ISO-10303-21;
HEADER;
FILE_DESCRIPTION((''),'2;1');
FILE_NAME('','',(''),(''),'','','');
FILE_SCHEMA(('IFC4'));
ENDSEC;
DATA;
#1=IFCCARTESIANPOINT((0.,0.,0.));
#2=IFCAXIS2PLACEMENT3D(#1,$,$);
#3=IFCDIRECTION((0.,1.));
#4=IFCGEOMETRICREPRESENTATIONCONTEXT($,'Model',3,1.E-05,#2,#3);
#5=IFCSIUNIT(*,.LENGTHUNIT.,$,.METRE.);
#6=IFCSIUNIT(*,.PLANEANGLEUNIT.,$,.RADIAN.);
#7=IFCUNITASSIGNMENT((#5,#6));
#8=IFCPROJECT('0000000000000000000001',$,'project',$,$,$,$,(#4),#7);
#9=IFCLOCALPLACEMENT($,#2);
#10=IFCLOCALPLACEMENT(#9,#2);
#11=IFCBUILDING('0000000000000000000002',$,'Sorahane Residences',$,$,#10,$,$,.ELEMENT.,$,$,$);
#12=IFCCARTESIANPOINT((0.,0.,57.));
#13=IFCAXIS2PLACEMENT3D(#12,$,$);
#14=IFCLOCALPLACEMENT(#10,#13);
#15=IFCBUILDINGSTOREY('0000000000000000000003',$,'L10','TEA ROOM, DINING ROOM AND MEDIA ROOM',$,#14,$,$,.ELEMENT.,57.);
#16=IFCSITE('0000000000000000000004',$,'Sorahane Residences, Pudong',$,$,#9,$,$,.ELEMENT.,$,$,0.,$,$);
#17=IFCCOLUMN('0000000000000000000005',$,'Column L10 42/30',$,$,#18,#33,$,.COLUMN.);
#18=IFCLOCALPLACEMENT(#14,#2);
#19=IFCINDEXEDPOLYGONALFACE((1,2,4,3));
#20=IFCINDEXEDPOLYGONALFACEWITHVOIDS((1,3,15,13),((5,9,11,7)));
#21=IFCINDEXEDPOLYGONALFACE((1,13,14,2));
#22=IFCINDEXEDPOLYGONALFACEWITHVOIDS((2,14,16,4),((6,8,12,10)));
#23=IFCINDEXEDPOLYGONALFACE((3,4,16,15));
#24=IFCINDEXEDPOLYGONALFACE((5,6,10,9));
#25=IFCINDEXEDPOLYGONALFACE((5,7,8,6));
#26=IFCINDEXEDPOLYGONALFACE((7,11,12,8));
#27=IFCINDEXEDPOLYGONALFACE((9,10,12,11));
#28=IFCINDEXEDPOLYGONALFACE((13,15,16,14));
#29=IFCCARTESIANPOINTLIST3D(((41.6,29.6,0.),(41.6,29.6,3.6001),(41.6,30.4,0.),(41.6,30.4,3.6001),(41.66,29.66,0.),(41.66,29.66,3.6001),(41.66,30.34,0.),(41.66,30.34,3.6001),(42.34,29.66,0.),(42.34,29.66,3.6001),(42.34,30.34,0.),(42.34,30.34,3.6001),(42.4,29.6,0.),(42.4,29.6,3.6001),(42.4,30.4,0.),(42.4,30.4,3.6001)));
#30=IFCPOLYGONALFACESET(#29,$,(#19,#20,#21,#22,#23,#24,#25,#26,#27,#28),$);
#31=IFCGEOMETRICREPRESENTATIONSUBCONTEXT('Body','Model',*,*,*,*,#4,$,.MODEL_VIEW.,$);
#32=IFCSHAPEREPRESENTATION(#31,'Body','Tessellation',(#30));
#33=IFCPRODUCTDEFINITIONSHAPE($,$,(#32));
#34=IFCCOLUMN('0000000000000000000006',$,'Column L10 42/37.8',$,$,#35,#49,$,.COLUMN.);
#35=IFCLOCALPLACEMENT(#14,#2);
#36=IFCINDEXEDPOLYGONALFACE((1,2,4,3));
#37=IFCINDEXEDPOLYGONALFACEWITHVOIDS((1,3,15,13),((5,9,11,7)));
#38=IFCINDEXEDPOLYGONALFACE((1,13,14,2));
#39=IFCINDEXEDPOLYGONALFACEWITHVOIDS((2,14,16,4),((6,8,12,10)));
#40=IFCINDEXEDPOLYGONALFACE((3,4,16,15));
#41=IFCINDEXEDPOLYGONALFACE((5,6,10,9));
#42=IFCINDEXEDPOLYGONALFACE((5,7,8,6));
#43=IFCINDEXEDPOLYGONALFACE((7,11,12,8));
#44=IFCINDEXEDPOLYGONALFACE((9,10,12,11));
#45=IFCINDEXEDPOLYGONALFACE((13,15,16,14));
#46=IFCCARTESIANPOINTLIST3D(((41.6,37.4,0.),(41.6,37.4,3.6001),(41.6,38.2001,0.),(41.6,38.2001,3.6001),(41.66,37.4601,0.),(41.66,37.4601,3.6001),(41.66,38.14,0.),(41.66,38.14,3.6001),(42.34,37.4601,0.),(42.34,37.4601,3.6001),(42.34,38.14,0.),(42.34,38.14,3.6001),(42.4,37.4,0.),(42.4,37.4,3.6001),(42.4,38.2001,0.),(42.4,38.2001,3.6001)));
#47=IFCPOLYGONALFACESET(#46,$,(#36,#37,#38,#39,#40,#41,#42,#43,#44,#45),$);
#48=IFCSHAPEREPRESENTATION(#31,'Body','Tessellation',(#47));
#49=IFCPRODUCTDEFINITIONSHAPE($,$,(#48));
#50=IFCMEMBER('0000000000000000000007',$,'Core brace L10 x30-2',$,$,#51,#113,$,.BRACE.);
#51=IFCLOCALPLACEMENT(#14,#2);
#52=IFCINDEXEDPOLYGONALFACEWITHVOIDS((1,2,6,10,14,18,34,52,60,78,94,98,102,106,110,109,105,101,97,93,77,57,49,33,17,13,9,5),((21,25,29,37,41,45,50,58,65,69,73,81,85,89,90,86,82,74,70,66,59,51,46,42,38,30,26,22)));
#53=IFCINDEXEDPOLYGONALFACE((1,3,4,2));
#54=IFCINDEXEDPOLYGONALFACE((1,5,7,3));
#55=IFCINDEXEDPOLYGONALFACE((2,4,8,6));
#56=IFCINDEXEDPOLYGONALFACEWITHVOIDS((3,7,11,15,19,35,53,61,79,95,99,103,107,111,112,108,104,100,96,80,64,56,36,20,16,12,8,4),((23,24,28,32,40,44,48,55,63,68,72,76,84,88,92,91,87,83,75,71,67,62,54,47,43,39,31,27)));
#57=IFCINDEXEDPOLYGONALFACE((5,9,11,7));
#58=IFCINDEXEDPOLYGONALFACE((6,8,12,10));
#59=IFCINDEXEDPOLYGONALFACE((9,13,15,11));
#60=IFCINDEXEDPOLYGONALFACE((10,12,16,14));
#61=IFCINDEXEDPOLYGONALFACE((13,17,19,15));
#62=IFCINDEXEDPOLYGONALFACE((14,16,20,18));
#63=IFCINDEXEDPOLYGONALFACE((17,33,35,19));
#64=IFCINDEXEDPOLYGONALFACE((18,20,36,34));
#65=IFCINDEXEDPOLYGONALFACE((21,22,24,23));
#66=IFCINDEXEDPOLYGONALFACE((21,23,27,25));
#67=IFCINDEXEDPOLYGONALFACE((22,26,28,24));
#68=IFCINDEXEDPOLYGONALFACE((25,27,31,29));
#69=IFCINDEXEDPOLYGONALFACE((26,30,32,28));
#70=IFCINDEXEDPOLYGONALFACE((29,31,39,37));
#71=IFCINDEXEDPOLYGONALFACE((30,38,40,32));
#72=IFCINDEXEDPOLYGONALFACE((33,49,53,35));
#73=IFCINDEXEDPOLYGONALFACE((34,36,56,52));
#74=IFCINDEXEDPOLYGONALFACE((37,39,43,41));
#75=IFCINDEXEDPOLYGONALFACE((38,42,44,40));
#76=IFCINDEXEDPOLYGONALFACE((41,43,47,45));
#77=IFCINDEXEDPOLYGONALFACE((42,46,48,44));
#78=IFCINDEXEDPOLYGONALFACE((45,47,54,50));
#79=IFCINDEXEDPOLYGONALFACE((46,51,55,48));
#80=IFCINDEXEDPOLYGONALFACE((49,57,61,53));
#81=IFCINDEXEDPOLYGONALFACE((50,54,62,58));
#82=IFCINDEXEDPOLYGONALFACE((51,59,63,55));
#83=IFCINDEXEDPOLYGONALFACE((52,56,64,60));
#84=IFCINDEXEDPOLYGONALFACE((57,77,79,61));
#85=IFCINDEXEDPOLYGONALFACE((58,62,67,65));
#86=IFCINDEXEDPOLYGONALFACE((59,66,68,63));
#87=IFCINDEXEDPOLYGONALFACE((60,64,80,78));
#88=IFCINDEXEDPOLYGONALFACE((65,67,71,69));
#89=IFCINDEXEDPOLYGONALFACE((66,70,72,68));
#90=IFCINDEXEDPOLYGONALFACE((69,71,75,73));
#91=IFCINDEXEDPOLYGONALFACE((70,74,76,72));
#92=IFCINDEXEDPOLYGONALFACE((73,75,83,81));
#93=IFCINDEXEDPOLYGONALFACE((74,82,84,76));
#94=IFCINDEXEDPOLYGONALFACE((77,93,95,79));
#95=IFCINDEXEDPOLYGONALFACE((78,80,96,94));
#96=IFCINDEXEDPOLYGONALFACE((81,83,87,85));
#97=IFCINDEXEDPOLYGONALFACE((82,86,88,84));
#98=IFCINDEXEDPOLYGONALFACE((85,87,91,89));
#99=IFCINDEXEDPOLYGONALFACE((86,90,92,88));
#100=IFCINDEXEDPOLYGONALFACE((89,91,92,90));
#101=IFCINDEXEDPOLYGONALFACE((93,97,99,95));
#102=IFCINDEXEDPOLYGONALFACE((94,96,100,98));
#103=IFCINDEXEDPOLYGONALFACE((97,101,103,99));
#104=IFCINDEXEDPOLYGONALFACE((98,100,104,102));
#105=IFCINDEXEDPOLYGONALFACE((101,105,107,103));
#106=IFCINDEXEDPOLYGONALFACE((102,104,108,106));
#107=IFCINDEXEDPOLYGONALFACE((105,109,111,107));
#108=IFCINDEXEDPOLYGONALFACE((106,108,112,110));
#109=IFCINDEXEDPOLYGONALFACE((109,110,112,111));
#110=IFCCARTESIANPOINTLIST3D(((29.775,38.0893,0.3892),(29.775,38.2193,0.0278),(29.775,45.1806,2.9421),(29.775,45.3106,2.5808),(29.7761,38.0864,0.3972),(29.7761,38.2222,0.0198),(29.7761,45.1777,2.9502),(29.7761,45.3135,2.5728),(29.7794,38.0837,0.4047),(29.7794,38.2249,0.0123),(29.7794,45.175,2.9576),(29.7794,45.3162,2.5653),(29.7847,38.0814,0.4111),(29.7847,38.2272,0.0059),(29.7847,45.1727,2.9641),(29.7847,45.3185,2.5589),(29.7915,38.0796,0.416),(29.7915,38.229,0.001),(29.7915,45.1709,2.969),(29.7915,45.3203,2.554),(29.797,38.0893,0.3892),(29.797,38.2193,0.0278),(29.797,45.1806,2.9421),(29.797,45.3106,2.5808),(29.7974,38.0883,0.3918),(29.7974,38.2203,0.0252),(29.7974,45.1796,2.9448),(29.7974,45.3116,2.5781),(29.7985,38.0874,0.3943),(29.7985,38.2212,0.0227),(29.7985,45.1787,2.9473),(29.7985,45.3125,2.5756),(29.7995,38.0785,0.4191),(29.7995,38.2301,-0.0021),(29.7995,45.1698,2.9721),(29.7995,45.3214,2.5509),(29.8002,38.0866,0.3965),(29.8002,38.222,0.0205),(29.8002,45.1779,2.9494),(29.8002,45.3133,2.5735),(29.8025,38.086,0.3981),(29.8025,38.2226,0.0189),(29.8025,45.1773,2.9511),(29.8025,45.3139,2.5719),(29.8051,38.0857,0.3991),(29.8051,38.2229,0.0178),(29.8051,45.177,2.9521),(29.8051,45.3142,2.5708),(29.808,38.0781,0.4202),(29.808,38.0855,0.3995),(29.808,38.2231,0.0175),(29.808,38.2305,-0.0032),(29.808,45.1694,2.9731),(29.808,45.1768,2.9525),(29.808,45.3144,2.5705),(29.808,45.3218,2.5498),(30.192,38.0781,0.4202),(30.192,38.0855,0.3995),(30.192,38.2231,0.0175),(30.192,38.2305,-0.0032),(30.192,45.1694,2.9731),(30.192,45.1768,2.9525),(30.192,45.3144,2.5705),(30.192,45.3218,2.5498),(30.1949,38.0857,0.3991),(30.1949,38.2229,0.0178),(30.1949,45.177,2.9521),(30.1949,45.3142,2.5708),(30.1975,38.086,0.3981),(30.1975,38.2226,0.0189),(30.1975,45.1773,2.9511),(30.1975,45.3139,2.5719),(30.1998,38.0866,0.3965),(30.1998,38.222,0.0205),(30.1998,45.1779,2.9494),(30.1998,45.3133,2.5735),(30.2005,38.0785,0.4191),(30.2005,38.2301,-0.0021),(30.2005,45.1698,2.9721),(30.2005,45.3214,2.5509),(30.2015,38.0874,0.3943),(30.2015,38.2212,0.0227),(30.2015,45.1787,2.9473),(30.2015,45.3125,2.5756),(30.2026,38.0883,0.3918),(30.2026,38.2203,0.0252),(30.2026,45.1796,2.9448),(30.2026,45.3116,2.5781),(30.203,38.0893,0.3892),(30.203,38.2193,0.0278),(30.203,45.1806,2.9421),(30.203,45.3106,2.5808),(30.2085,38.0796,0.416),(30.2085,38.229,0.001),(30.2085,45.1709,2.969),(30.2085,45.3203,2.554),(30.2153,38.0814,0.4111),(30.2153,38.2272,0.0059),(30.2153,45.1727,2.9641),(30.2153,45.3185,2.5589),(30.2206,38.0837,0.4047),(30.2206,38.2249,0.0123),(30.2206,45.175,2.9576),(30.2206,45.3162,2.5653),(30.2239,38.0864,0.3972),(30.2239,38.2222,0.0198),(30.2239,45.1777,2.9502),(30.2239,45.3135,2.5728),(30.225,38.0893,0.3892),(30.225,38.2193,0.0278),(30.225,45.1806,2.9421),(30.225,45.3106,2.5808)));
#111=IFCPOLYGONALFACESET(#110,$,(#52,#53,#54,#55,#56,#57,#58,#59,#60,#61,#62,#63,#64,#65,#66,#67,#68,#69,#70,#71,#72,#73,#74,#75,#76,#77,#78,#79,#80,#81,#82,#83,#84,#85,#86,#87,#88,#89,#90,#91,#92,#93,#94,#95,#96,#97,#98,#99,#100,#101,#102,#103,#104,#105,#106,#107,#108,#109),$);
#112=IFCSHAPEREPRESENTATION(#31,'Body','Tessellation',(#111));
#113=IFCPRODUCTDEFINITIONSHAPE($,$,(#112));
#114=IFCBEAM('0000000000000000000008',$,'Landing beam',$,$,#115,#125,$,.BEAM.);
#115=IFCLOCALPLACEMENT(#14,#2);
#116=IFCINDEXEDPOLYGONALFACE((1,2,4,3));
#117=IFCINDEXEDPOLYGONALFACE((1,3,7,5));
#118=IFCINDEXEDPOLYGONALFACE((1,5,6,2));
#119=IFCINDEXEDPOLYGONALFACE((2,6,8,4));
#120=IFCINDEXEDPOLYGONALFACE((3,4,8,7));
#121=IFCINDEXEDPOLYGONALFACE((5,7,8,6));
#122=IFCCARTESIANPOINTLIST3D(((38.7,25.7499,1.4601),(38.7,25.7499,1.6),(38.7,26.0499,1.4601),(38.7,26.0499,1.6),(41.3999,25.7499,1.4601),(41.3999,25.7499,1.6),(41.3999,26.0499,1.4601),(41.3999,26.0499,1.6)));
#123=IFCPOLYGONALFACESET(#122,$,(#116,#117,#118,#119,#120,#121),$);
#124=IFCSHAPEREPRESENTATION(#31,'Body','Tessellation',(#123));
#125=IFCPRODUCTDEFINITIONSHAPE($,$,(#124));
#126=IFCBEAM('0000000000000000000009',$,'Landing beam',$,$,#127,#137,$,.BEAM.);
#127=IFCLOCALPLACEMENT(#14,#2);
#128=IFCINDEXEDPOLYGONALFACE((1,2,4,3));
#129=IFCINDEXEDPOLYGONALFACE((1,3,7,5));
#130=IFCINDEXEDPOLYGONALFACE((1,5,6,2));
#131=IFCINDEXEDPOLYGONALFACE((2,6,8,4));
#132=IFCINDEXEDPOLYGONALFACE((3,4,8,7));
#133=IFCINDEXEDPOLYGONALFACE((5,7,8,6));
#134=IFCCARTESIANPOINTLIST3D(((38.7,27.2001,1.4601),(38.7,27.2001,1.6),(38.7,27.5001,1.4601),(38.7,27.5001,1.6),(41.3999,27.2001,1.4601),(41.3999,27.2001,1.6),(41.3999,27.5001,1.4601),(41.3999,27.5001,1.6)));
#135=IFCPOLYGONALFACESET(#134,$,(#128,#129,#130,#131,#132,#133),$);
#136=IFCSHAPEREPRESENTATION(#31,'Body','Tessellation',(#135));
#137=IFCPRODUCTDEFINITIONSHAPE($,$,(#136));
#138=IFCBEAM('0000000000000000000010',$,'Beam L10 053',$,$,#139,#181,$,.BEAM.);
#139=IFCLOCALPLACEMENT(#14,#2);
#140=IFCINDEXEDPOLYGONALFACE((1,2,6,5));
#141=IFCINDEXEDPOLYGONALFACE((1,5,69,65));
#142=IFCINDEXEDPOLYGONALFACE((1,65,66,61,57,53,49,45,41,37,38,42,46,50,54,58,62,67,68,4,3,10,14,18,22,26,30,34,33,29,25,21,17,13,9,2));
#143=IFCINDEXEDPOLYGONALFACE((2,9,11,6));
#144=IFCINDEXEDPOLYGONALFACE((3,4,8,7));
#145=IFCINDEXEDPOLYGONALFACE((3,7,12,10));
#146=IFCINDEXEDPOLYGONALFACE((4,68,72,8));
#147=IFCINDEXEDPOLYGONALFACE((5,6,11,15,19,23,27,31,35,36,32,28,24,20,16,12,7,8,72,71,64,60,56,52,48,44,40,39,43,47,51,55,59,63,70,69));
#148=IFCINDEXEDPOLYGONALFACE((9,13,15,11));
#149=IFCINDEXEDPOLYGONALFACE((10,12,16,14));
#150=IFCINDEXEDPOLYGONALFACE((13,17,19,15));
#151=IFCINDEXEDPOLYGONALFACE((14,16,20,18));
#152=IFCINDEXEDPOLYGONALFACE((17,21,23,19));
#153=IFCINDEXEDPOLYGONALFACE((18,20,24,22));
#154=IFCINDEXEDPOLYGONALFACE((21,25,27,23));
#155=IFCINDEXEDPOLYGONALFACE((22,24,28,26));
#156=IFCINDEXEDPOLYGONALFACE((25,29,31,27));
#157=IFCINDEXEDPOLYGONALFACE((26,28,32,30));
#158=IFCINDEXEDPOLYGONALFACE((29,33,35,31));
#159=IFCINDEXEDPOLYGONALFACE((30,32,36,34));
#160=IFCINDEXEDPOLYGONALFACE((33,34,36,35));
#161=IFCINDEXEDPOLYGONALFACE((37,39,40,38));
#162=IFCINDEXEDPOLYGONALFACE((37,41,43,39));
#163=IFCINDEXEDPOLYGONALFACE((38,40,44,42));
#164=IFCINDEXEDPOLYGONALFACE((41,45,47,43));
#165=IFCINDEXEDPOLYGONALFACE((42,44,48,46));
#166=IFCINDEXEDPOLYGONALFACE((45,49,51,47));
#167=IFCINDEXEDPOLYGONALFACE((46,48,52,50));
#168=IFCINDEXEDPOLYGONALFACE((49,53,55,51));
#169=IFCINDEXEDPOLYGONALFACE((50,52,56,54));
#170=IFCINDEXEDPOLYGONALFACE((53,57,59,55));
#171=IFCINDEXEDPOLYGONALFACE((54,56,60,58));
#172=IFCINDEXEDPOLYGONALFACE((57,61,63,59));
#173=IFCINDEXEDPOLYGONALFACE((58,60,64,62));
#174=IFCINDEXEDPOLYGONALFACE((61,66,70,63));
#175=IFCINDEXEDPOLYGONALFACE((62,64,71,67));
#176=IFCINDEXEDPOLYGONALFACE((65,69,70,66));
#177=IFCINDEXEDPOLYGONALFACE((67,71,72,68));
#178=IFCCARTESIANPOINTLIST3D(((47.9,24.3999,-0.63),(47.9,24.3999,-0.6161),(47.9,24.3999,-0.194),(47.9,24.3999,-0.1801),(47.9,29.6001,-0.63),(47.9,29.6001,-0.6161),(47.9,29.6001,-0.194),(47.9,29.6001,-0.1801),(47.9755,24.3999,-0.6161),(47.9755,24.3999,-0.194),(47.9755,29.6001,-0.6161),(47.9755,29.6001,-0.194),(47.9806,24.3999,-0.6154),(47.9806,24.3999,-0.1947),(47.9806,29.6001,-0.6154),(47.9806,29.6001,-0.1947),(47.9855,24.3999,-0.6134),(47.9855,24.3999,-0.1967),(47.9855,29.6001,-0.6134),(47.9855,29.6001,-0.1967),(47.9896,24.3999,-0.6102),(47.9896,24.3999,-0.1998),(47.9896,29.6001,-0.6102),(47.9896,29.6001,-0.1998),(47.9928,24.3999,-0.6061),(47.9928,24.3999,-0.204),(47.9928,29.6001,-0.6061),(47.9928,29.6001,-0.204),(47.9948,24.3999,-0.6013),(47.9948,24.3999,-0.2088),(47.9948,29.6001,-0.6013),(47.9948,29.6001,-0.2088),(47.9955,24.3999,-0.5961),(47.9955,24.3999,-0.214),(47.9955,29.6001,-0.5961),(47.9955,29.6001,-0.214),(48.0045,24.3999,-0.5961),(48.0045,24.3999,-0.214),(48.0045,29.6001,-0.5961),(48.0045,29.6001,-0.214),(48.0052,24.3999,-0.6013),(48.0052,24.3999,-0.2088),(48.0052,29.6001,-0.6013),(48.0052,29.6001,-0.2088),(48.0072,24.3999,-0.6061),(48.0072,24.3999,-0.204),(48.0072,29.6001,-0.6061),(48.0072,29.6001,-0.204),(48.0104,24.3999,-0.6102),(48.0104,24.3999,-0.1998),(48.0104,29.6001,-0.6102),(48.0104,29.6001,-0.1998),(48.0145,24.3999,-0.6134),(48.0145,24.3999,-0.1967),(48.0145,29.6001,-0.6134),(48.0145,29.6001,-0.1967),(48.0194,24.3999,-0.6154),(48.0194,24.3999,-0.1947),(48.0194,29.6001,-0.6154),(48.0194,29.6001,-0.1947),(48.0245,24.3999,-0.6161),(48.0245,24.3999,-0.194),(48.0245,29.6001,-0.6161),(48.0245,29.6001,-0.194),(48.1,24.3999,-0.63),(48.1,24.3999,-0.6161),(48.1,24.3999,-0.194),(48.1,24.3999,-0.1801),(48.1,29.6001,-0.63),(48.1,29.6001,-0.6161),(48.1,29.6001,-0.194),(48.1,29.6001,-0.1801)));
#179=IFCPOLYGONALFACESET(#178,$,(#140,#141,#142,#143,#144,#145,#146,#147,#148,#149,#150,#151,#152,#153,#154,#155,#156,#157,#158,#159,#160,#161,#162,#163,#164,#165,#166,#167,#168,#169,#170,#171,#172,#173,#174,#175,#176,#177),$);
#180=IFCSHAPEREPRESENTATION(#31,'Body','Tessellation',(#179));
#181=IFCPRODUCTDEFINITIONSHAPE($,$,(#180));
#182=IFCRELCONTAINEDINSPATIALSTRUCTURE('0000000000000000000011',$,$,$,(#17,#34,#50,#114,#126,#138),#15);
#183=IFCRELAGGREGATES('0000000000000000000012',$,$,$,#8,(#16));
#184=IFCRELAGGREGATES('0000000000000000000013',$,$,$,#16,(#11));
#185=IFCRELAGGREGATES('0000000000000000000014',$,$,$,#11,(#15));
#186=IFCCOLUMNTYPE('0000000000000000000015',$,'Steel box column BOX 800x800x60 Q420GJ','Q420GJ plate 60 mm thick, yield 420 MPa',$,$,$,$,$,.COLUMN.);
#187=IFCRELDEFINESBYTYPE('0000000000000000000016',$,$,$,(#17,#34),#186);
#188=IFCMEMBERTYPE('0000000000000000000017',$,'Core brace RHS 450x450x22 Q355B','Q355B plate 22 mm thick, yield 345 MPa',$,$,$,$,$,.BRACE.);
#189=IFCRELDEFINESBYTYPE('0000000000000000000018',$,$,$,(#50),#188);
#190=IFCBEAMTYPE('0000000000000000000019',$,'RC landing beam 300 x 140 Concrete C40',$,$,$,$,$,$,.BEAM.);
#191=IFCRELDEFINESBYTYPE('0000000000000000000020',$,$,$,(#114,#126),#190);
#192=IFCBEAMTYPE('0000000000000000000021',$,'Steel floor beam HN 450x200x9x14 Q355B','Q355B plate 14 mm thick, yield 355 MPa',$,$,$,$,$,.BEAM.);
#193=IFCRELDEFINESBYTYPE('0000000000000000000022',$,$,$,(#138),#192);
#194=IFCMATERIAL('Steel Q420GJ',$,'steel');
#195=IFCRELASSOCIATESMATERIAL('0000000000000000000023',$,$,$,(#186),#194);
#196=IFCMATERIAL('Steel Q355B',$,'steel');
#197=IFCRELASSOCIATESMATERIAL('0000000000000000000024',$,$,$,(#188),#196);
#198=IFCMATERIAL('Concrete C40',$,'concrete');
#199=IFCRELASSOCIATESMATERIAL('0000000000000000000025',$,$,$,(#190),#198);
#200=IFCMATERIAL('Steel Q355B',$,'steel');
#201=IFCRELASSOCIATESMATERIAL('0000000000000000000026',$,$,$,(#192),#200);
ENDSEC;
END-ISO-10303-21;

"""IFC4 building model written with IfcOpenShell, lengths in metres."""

from ifc_helpers import new_model, si_unit, direction, frame, origin, origin_2d, place, context, subcontext, project, spatial, rectangle, hollow_rectangle, i_section, extrude, material, material_profile, profile_set, type_object, element, save


model = new_model("IFC4")

# Units and contexts
model_context = context("Model", 3, precision=1e-05, world=origin(), true_north=direction((0.0, 1.0)))
body_context = subcontext(model_context, "Body", "Model", "MODEL_VIEW")
ifc_project = project(units=[si_unit("LENGTHUNIT", "METRE"), si_unit("PLANEANGLEUNIT", "RADIAN")], contexts=[model_context])

# Site, building, storey
site_placement = place(None, origin())
site = spatial("IfcSite", under=ifc_project, at=site_placement, Name="Sorahane Residences, Pudong", CompositionType="ELEMENT", RefElevation=0.0)
building_placement = place(site_placement, origin())
building = spatial("IfcBuilding", under=site, at=building_placement, Name="Sorahane Residences", CompositionType="ELEMENT")
storey_placement = place(building_placement, frame((0.0, 0.0, 57.0)))
storey = spatial("IfcBuildingStorey", under=building, at=storey_placement, Name="L10", Description="TEA ROOM, DINING ROOM AND MEDIA ROOM", CompositionType="ELEMENT", Elevation=57.0)

# Columns
ifc_material_1 = material(Name="Steel Q420GJ", Category="steel")
ifc_material_profile_1 = material_profile(ifc_material_1, hollow_rectangle(XDim=0.8, YDim=0.8, WallThickness=0.0601, at=origin_2d()), Name="BOX 800x800x60")
ifc_profile_set_1 = profile_set([ifc_material_profile_1], Name="Steel Q420GJ")
column_type = type_object("IfcColumnType", Name="Steel box column BOX 800x800x60 Q420GJ", Description="Q420GJ plate 60 mm thick, yield 420 MPa", PredefinedType="COLUMN", material=ifc_profile_set_1)
for number, where, z_axis, x_axis, name in (
    (1, (42.0, 30.0, 0.0), (0.0, 0.0, 1.0), (1.0, 0.0, 0.0), "Column L10 42/30"),
    (2, (42.0, 37.8, 0.0), (0.0, 0.0, 1.0), (1.0, 0.0, 0.0), "Column L10 42/37.8"),
):
    element("IfcColumn", number, at=place(storey_placement, frame(where, z_axis=z_axis, x_axis=x_axis)), inside=storey, type_object=column_type, Name=name, PredefinedType="COLUMN", context=body_context, shape_type="SweptSolid", body=[
        extrude(hollow_rectangle(XDim=0.8, YDim=0.8, WallThickness=0.0601, at=origin_2d()), origin(), (0.0, 0.0, 1.0), 3.6001),
    ])

# Member
ifc_material_2 = material(Name="Steel Q355B", Category="steel")
ifc_material_profile_2 = material_profile(ifc_material_2, hollow_rectangle(XDim=0.45, YDim=0.45, WallThickness=0.022, InnerFilletRadius=0.011, OuterFilletRadius=0.033, at=origin_2d()), Name="RHS 450x450x22")
ifc_profile_set_2 = profile_set([ifc_material_profile_2], Name="Steel Q355B")
member_type = type_object("IfcMemberType", Name="Core brace RHS 450x450x22 Q355B", Description="Q355B plate 22 mm thick, yield 345 MPa", PredefinedType="BRACE", material=ifc_profile_set_2)
member_placement = place(storey_placement, frame((30.0, 38.1543, 0.2085), z_axis=(0.0, 0.940883, 0.338732), x_axis=(-1.0, 0.0, 0.0)))
element("IfcMember", 3, at=member_placement, inside=storey, type_object=member_type, Name="Core brace L10 x30-2", PredefinedType="BRACE", context=body_context, shape_type="SweptSolid", body=[
    extrude(hollow_rectangle(XDim=0.45, YDim=0.45, WallThickness=0.022, InnerFilletRadius=0.011, OuterFilletRadius=0.033, at=origin_2d()), origin(), (0.0, 0.0, 1.0), 7.5369),
])

# Beams
ifc_material_3 = material(Name="Concrete C40", Category="concrete")
ifc_material_profile_3 = material_profile(ifc_material_3, rectangle(XDim=0.3, YDim=0.1399, at=origin_2d()), Name="300x140")
ifc_profile_set_3 = profile_set([ifc_material_profile_3], Name="Concrete C40")
beam_type_1 = type_object("IfcBeamType", Name="RC landing beam 300 x 140 Concrete C40", PredefinedType="BEAM", material=ifc_profile_set_3)
for number, where, z_axis, x_axis, name in (
    (4, (38.7, 25.8999, 1.53), (1.0, 0.0, 0.0), (0.0, 1.0, 0.0), "Landing beam"),
    (5, (38.7, 27.3501, 1.53), (1.0, 0.0, 0.0), (0.0, 1.0, 0.0), "Landing beam"),
):
    element("IfcBeam", number, at=place(storey_placement, frame(where, z_axis=z_axis, x_axis=x_axis)), inside=storey, type_object=beam_type_1, Name=name, PredefinedType="BEAM", context=body_context, shape_type="SweptSolid", body=[
        extrude(rectangle(XDim=0.3, YDim=0.1399, at=origin_2d()), origin(), (0.0, 0.0, 1.0), 2.7),
    ])
ifc_material_4 = material(Name="Steel Q355B", Category="steel")
ifc_material_profile_4 = material_profile(ifc_material_4, i_section(OverallWidth=0.2, OverallDepth=0.45, WebThickness=0.009, FlangeThickness=0.0139, FilletRadius=0.02, at=origin_2d()), Name="HN 450x200x9x14")
ifc_profile_set_4 = profile_set([ifc_material_profile_4], Name="Steel Q355B")
beam_type_2 = type_object("IfcBeamType", Name="Steel floor beam HN 450x200x9x14 Q355B", Description="Q355B plate 14 mm thick, yield 355 MPa", PredefinedType="BEAM", material=ifc_profile_set_4)
for number, where, z_axis, x_axis, name in (
    (6, (48.0, 24.3999, -0.405), (0.0, 1.0, 0.0), (-1.0, 0.0, 0.0), "Beam L10 053"),
):
    element("IfcBeam", number, at=place(storey_placement, frame(where, z_axis=z_axis, x_axis=x_axis)), inside=storey, type_object=beam_type_2, Name=name, PredefinedType="BEAM", context=body_context, shape_type="SweptSolid", body=[
        extrude(i_section(OverallWidth=0.2, OverallDepth=0.45, WebThickness=0.009, FlangeThickness=0.0139, FilletRadius=0.02, at=origin_2d()), origin(), (0.0, 0.0, 1.0), 5.2002),
    ])

save(model, "model.ifc")
